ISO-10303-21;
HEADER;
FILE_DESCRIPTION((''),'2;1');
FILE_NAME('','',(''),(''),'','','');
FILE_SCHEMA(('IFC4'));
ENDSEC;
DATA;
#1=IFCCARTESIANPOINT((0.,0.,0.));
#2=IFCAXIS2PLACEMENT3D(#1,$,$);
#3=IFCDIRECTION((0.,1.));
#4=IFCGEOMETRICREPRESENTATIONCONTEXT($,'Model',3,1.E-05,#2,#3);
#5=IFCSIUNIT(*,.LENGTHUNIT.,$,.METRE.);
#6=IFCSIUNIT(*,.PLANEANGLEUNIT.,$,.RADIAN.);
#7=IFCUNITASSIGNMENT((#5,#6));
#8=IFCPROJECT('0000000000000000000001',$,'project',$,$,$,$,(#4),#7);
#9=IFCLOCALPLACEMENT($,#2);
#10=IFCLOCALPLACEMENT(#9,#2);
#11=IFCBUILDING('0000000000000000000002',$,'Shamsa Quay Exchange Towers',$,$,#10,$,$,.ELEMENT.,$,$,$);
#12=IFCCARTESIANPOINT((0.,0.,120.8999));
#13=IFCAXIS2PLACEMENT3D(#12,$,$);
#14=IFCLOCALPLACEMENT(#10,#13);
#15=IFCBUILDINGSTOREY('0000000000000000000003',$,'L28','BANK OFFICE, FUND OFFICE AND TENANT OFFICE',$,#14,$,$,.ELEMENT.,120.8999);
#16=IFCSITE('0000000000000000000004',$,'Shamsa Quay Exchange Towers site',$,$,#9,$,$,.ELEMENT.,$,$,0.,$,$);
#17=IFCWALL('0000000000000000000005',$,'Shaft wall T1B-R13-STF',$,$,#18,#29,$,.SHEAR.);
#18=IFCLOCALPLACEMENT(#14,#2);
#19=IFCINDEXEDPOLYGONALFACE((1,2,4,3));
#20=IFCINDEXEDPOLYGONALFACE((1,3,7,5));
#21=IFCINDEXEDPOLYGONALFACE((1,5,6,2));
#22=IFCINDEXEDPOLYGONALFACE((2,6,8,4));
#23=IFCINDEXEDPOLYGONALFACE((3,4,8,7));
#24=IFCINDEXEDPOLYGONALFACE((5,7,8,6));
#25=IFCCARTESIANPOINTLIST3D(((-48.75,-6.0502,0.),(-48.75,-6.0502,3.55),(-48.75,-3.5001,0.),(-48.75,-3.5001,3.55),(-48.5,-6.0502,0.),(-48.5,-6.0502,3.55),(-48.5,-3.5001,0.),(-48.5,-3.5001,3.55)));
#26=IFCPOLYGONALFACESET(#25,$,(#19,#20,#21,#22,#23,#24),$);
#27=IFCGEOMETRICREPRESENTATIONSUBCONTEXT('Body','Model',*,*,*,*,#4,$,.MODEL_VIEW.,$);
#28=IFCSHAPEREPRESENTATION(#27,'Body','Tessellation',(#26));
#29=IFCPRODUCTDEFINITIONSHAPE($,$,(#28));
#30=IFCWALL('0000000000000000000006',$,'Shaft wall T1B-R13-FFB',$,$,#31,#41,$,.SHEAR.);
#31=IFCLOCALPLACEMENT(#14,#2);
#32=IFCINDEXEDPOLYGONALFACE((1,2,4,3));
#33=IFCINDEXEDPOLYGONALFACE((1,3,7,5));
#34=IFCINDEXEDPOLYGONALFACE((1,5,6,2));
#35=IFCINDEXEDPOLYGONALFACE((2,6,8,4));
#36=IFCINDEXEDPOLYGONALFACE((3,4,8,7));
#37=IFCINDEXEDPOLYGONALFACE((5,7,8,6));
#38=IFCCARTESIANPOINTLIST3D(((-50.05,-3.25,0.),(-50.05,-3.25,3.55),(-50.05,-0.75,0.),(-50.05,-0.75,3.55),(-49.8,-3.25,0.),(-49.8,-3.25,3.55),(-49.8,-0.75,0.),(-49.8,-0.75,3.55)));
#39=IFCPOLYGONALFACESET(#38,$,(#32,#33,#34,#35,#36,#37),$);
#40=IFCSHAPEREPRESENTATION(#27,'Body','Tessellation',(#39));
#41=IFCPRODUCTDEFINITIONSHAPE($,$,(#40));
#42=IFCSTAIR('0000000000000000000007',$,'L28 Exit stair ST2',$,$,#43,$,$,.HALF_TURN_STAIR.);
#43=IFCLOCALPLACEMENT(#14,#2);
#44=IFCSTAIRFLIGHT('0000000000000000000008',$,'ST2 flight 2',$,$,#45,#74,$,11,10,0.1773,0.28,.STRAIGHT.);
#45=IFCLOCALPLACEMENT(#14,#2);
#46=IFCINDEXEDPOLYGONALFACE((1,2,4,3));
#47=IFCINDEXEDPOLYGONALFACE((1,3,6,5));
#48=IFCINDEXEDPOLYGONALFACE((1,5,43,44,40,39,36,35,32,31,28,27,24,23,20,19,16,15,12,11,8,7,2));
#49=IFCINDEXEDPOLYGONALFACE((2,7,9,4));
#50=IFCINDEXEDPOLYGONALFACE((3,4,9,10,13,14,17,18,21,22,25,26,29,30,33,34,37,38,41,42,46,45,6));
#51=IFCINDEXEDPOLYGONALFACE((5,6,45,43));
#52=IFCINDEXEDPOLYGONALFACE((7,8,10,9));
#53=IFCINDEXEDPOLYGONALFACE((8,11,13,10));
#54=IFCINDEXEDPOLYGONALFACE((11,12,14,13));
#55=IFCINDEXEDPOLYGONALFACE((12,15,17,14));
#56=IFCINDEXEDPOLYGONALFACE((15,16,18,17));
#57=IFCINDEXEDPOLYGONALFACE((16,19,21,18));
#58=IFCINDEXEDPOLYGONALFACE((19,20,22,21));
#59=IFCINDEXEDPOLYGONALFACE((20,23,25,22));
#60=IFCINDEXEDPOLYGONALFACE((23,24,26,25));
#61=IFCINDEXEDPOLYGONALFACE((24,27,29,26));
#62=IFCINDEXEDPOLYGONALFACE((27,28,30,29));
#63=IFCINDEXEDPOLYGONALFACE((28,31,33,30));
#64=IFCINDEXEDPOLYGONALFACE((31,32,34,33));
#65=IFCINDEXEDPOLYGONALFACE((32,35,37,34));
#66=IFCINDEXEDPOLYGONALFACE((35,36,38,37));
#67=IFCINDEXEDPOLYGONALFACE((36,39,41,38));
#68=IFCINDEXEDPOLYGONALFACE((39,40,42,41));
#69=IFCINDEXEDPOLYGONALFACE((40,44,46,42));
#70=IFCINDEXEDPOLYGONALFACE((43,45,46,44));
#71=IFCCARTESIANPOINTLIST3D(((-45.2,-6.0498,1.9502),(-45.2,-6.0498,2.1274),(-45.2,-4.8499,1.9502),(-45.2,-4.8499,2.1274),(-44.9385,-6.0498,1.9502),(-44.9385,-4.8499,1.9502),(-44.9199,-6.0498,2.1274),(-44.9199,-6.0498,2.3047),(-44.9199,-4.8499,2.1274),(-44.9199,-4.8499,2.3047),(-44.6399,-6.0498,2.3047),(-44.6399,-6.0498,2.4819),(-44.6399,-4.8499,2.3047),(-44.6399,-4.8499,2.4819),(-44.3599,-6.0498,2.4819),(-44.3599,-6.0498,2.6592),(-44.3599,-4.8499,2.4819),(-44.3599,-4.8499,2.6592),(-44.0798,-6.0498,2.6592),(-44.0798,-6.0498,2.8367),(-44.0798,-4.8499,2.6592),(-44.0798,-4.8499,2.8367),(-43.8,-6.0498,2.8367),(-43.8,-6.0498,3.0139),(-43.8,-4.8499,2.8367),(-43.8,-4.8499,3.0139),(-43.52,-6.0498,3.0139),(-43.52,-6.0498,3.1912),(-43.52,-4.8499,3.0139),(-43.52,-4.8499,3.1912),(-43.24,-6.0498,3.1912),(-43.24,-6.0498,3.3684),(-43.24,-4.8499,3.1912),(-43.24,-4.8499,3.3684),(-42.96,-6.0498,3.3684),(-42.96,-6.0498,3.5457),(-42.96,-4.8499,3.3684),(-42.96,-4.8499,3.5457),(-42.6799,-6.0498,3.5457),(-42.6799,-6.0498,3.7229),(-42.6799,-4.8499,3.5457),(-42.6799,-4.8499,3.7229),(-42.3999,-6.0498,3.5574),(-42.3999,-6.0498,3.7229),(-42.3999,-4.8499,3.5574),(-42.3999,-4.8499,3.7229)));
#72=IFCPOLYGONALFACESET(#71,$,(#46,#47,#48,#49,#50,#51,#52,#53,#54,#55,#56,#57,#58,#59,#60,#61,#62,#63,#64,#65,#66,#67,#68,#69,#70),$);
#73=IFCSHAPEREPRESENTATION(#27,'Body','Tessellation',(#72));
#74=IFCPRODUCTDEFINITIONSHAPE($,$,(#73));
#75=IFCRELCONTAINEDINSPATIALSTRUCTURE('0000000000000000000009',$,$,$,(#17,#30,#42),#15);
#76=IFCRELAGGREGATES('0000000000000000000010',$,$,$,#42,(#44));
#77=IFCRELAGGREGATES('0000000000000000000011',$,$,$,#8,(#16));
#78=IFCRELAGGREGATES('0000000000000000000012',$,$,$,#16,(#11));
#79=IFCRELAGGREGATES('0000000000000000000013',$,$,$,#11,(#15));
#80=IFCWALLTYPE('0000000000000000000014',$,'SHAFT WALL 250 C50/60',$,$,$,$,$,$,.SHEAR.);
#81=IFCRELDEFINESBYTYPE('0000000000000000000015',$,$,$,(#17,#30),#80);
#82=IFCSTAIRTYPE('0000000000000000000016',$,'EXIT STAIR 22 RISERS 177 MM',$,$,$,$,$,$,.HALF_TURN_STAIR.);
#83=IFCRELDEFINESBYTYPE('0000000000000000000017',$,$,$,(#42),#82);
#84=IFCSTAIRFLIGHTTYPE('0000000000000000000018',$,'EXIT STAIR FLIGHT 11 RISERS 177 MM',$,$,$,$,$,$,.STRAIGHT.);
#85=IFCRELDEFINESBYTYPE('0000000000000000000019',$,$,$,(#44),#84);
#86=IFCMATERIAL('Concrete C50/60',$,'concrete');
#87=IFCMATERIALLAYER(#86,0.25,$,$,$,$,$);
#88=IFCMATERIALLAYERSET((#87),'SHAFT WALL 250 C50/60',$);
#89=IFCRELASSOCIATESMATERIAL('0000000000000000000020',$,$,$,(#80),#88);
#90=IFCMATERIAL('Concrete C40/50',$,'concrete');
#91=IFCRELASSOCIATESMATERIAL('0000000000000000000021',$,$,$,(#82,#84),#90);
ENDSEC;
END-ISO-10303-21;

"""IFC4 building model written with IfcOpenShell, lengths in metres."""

from ifc_helpers import new_model, si_unit, direction, frame, frame_2d, origin, place, context, subcontext, project, spatial, polyline, rectangle, outline, extrude, material, layer, layer_set, type_object, element, aggregate, save


model = new_model("IFC4")

# Units and contexts
model_context = context("Model", 3, precision=1e-05, world=origin(), true_north=direction((0.0, 1.0)))
body_context = subcontext(model_context, "Body", "Model", "MODEL_VIEW")
ifc_project = project(units=[si_unit("LENGTHUNIT", "METRE"), si_unit("PLANEANGLEUNIT", "RADIAN")], contexts=[model_context])

# Site, building, storey
site_placement = place(None, origin())
site = spatial("IfcSite", under=ifc_project, at=site_placement, Name="Shamsa Quay Exchange Towers site", CompositionType="ELEMENT", RefElevation=0.0)
building_placement = place(site_placement, origin())
building = spatial("IfcBuilding", under=site, at=building_placement, Name="Shamsa Quay Exchange Towers", CompositionType="ELEMENT")
storey_placement = place(building_placement, frame((0.0, 0.0, 120.8999)))
storey = spatial("IfcBuildingStorey", under=building, at=storey_placement, Name="L28", Description="BANK OFFICE, FUND OFFICE AND TENANT OFFICE", CompositionType="ELEMENT", Elevation=120.8999)

# Wall
ifc_material_1 = material(Name="Concrete C50/60", Category="concrete")
ifc_layer_1 = layer(ifc_material_1, 0.25)
ifc_layer_set_1 = layer_set([ifc_layer_1], Name="SHAFT WALL 250 C50/60")
wall_type_1 = type_object("IfcWallType", Name="SHAFT WALL 250 C50/60", PredefinedType="SHEAR", material=ifc_layer_set_1)
wall_1_placement = place(storey_placement, frame((-48.625, -6.05, 0.0), z_axis=(0.0, 0.0, 1.0), x_axis=(0.0, 1.0, 0.0)))
element("IfcWall", 1, at=wall_1_placement, inside=storey, type_object=wall_type_1, Name="Shaft wall T1B-R13-STF", PredefinedType="SHEAR", context=body_context, shape_type="SweptSolid", body=[
    extrude(rectangle(XDim=2.55, YDim=0.25, at=frame_2d((1.2749, 0.0))), origin(), (0.0, 0.0, 1.0), 3.55),
])

# Wall
wall_2_placement = place(storey_placement, frame((-49.925, -3.25, 0.0), z_axis=(0.0, 0.0, 1.0), x_axis=(0.0, 1.0, 0.0)))
element("IfcWall", 2, at=wall_2_placement, inside=storey, type_object=wall_type_1, Name="Shaft wall T1B-R13-FFB", PredefinedType="SHEAR", context=body_context, shape_type="SweptSolid", body=[
    extrude(rectangle(XDim=2.5, YDim=0.25, at=frame_2d((1.25, 0.0))), origin(), (0.0, 0.0, 1.0), 3.55),
])

# Stair, stair flight
ifc_material_2 = material(Name="Concrete C40/50", Category="concrete")
stair_type = type_object("IfcStairType", Name="EXIT STAIR 22 RISERS 177 MM", PredefinedType="HALF_TURN_STAIR", material=ifc_material_2)
stair_placement = place(storey_placement, origin())
stair = element("IfcStair", 3, at=stair_placement, inside=storey, type_object=stair_type, Name="L28 Exit stair ST2", PredefinedType="HALF_TURN_STAIR")
stair_flight_type = type_object("IfcStairFlightType", Name="EXIT STAIR FLIGHT 11 RISERS 177 MM", PredefinedType="STRAIGHT", material=ifc_material_2)
stair_flight_placement = place(storey_placement, frame((-45.2, -5.45, 1.9502)))
stair_flight = element("IfcStairFlight", 4, at=stair_flight_placement, type_object=stair_flight_type, Name="ST2 flight 2", NumberOfRisers=11, NumberOfTreads=10, PredefinedType="STRAIGHT", RiserHeight=0.1773, TreadLength=0.28, context=body_context, shape_type="SweptSolid", body=[
    extrude(outline(polyline([(0.0, 0.0), (0.0, 0.1772), (0.28, 0.1772), (0.28, 0.3545), (0.5601, 0.3545), (0.5601, 0.5317), (0.8401, 0.5317), (0.8401, 0.709), (1.1201, 0.709), (1.1201, 0.8865), (1.3999, 0.8865), (1.3999, 1.0637), (1.6799, 1.0637), (1.6799, 1.241), (1.96, 1.241), (1.96, 1.4182), (2.24, 1.4182), (2.24, 1.5955), (2.52, 1.5955), (2.52, 1.7727), (2.8, 1.7727), (2.8, 1.95), (2.8, 1.6072), (0.2615, 0.0), (0.0, 0.0)])), frame((0.0, 0.6001, 0.0), z_axis=(0.0, -1.0, 0.0), x_axis=(1.0, 0.0, 0.0)), (0.0, 0.0, 1.0), 1.2),
])
aggregate(stair, [stair_flight])

save(model, "model.ifc")
